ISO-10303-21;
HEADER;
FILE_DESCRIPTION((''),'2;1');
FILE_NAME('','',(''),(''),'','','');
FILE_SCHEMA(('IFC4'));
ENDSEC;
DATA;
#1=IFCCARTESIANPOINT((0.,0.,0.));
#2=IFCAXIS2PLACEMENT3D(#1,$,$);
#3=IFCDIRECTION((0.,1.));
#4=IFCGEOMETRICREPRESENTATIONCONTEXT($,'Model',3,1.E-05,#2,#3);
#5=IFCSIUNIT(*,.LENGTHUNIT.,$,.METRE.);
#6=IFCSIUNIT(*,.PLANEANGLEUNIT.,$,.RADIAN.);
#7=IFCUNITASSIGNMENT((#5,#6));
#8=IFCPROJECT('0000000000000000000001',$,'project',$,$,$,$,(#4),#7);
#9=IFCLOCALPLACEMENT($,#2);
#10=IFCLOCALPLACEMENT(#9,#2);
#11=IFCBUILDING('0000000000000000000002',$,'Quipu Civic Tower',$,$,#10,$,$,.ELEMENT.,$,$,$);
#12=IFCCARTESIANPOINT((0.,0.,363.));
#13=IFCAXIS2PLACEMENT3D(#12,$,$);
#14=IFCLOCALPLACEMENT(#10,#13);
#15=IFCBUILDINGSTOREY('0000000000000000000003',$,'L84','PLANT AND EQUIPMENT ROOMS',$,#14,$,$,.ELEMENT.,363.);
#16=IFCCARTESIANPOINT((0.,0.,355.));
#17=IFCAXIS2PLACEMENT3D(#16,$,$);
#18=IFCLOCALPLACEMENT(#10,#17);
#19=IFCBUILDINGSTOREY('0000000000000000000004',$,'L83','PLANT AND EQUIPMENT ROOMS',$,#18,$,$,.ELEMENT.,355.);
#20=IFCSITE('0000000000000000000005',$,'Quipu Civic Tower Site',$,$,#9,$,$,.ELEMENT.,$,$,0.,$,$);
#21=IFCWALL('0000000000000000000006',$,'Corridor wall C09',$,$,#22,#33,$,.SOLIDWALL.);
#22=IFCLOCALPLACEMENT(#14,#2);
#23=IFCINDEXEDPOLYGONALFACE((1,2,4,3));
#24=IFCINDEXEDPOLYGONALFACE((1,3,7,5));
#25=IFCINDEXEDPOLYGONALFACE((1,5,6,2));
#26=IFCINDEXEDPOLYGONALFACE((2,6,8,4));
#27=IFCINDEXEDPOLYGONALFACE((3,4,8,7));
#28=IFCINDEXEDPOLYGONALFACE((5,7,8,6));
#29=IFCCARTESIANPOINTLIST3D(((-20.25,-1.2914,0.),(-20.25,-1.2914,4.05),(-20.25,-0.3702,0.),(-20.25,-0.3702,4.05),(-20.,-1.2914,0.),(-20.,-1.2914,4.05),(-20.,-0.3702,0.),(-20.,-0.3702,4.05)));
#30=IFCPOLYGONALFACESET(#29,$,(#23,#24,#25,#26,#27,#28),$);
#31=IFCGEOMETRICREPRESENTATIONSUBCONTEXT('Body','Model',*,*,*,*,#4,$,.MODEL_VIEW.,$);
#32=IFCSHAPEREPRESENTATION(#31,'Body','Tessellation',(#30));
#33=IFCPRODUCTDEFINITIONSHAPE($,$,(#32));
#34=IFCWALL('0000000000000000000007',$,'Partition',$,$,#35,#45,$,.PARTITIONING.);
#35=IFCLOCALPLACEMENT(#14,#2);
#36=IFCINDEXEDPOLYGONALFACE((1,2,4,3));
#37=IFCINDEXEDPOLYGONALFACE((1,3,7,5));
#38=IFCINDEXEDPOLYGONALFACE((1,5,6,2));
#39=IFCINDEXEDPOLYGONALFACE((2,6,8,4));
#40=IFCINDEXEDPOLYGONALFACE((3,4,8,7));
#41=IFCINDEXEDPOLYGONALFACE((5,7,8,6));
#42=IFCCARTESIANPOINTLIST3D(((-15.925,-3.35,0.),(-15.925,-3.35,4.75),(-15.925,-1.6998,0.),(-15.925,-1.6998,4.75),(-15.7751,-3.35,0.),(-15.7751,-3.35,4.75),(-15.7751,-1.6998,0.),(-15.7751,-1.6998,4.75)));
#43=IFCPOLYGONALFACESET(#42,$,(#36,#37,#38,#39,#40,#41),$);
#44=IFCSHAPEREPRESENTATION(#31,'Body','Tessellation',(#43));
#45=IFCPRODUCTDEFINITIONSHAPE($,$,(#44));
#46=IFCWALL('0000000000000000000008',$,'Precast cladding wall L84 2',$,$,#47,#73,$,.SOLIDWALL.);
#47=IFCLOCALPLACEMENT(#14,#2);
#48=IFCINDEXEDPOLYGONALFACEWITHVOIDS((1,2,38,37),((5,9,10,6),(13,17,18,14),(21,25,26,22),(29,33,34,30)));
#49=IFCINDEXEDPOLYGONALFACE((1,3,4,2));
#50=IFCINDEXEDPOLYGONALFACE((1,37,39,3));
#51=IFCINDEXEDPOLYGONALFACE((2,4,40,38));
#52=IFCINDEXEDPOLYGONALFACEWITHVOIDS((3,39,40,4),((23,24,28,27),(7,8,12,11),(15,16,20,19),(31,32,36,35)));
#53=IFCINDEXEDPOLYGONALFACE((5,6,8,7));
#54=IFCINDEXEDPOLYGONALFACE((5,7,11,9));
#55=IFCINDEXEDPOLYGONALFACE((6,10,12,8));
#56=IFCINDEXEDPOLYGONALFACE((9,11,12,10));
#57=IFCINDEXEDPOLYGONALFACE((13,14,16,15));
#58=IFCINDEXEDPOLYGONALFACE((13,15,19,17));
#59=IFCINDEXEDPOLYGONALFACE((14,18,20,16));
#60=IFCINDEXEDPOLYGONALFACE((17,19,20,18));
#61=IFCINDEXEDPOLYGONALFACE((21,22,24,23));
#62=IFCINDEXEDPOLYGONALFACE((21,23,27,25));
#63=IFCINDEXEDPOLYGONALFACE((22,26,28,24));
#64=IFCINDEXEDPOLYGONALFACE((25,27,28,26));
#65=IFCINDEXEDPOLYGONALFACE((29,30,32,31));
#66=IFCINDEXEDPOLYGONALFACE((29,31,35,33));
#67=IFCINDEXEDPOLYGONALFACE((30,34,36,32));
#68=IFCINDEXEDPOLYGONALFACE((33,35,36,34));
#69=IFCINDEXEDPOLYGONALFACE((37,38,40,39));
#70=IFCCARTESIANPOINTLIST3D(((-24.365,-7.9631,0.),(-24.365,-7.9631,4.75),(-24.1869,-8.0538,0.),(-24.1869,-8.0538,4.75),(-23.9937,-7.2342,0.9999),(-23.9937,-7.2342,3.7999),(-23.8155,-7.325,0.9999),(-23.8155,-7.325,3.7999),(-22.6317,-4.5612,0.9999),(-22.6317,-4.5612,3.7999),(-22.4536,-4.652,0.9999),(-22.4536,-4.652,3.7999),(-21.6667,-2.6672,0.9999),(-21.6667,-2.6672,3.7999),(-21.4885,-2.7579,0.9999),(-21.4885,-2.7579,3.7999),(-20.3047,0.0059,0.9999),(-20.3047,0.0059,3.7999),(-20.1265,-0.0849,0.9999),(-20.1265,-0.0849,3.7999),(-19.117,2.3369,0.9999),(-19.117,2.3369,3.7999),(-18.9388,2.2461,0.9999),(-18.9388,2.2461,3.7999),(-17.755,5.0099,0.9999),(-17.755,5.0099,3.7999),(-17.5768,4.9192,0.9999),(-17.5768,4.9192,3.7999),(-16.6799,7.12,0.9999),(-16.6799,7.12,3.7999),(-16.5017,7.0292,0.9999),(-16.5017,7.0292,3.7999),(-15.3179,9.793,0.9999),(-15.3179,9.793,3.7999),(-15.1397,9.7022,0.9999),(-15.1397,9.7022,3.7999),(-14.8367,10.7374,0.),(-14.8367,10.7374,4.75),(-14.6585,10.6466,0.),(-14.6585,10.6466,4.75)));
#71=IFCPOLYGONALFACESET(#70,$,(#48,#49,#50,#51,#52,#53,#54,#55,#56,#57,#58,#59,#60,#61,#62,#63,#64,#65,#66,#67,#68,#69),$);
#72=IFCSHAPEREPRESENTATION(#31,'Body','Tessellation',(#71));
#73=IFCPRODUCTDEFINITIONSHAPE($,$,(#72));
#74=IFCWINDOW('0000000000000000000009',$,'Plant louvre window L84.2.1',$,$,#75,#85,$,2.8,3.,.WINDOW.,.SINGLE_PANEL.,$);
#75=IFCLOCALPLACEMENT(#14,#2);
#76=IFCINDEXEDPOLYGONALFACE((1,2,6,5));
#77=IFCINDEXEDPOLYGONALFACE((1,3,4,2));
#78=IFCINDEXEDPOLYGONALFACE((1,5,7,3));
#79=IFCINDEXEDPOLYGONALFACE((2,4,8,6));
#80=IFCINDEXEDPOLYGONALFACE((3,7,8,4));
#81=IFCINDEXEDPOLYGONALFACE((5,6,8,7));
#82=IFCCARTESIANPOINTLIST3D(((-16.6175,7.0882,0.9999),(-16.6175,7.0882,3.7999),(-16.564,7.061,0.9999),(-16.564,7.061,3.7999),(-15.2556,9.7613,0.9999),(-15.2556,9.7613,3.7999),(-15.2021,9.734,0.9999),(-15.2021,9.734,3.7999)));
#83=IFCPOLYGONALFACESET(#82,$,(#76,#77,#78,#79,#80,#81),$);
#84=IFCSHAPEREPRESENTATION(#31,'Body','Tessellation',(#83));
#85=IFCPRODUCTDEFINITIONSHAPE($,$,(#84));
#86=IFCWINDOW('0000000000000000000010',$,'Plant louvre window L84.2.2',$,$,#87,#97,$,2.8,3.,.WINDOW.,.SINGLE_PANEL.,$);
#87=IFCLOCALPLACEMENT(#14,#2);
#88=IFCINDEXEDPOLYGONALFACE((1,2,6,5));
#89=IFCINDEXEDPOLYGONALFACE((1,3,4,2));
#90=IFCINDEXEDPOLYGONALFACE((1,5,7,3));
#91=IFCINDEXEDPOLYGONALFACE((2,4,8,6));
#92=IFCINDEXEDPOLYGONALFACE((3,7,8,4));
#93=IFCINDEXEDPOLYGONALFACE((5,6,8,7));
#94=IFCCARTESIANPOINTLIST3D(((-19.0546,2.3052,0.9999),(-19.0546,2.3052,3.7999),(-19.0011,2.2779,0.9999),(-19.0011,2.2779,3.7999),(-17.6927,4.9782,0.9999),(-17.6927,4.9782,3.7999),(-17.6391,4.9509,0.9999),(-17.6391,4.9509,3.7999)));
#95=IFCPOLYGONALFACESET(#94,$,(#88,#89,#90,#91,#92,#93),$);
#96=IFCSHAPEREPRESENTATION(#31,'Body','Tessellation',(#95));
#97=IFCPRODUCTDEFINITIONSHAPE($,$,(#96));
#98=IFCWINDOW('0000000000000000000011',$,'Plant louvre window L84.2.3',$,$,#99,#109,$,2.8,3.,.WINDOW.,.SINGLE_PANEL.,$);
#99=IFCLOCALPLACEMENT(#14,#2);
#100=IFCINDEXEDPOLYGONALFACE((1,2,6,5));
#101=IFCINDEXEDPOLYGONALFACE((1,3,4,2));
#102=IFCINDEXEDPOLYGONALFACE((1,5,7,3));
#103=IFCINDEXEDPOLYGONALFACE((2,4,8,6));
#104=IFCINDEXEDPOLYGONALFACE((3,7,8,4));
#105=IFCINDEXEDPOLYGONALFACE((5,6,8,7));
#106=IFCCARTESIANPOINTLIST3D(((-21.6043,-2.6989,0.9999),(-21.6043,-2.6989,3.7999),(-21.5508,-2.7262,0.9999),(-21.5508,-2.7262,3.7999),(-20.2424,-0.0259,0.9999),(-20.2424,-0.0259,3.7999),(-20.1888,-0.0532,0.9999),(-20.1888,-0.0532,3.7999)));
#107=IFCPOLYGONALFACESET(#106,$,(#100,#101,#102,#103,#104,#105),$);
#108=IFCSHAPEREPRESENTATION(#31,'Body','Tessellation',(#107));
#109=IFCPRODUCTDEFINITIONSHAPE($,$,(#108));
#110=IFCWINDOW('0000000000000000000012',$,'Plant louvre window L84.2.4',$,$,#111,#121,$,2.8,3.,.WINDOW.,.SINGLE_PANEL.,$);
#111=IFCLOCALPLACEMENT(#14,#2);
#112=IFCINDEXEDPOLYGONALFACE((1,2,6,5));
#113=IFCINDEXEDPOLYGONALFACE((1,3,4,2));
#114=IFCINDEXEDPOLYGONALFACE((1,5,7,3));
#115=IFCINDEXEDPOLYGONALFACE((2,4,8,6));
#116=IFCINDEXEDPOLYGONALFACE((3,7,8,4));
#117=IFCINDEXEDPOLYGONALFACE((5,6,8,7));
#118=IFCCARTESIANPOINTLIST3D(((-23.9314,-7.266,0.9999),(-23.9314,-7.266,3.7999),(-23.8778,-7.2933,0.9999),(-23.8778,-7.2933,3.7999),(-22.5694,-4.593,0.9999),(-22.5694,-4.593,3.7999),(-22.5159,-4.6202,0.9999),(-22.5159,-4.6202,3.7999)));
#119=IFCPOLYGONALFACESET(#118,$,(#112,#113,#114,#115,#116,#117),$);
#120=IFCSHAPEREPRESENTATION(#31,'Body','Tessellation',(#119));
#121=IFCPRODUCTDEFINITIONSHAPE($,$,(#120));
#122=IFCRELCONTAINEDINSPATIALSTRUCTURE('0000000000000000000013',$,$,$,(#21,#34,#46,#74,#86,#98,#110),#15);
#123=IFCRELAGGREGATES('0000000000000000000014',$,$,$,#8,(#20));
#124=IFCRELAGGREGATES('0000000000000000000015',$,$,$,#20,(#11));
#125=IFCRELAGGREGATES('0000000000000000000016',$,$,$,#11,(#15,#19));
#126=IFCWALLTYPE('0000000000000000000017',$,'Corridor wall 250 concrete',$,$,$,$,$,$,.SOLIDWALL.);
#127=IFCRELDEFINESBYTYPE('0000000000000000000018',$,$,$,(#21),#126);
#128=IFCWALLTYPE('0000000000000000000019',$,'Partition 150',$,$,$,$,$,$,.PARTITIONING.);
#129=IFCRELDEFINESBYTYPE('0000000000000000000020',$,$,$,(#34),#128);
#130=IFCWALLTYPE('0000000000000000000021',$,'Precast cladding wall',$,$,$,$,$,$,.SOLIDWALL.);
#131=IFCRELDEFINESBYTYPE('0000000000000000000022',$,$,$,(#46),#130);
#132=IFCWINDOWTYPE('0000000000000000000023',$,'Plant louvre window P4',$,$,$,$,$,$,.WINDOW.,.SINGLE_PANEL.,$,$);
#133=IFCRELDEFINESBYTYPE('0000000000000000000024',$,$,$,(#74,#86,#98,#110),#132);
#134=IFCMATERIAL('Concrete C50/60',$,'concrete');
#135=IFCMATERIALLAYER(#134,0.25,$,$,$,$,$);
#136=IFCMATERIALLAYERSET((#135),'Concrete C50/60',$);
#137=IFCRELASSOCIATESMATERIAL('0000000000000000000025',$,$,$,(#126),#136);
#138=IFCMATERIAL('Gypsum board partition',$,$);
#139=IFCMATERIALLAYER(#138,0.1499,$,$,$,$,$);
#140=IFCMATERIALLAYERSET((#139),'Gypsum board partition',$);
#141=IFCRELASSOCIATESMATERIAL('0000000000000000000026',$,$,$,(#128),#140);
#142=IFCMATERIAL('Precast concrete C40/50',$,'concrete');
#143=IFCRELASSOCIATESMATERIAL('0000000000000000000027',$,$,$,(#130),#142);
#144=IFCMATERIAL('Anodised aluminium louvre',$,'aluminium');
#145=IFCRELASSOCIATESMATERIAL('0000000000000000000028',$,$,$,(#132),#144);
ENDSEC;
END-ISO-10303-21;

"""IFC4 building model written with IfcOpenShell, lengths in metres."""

from ifc_helpers import new_model, si_unit, direction, frame, frame_2d, origin, place, context, subcontext, project, spatial, rectangle, extrude, material, layer, layer_set, type_object, element, fill, save


model = new_model("IFC4")

# Units and contexts
model_context = context("Model", 3, precision=1e-05, world=origin(), true_north=direction((0.0, 1.0)))
body_context = subcontext(model_context, "Body", "Model", "MODEL_VIEW")
ifc_project = project(units=[si_unit("LENGTHUNIT", "METRE"), si_unit("PLANEANGLEUNIT", "RADIAN")], contexts=[model_context])

# Site, building, storey
site_placement = place(None, origin())
site = spatial("IfcSite", under=ifc_project, at=site_placement, Name="Quipu Civic Tower Site", CompositionType="ELEMENT", RefElevation=0.0)
building_placement = place(site_placement, origin())
building = spatial("IfcBuilding", under=site, at=building_placement, Name="Quipu Civic Tower", CompositionType="ELEMENT")
storey_1_placement = place(building_placement, frame((0.0, 0.0, 363.0)))
storey_1 = spatial("IfcBuildingStorey", under=building, at=storey_1_placement, Name="L84", Description="PLANT AND EQUIPMENT ROOMS", CompositionType="ELEMENT", Elevation=363.0)

# Shared definitions
storey_2_placement = place(building_placement, frame((0.0, 0.0, 355.0)))
storey_2 = spatial("IfcBuildingStorey", under=building, at=storey_2_placement, Name="L83", Description="PLANT AND EQUIPMENT ROOMS", CompositionType="ELEMENT", Elevation=355.0)

# Walls
ifc_material_1 = material(Name="Concrete C50/60", Category="concrete")
ifc_layer_1 = layer(ifc_material_1, 0.25)
ifc_layer_set_1 = layer_set([ifc_layer_1], Name="Concrete C50/60")
wall_type_1 = type_object("IfcWallType", Name="Corridor wall 250 concrete", PredefinedType="SOLIDWALL", material=ifc_layer_set_1)
wall_1_placement = place(storey_1_placement, frame((-20.125, -1.2913, 0.0), z_axis=(0.0, 0.0, 1.0), x_axis=(0.0, 1.0, 0.0)))
element("IfcWall", 1, at=wall_1_placement, inside=storey_1, type_object=wall_type_1, Name="Corridor wall C09", PredefinedType="SOLIDWALL", context=body_context, shape_type="SweptSolid", body=[
    extrude(rectangle(XDim=0.9211, YDim=0.25, at=frame_2d((0.4604, 0.0))), origin(), (0.0, 0.0, 1.0), 4.05),
])
ifc_material_2 = material(Name="Gypsum board partition")
ifc_layer_2 = layer(ifc_material_2, 0.1499)
ifc_layer_set_2 = layer_set([ifc_layer_2], Name="Gypsum board partition")
wall_type_2 = type_object("IfcWallType", Name="Partition 150", PredefinedType="PARTITIONING", material=ifc_layer_set_2)
wall_2_placement = place(storey_1_placement, frame((-15.8501, -3.3501, 0.0), z_axis=(0.0, 0.0, 1.0), x_axis=(0.0, 1.0, 0.0)))
element("IfcWall", 2, at=wall_2_placement, inside=storey_1, type_object=wall_type_2, Name="Partition", PredefinedType="PARTITIONING", context=body_context, shape_type="SweptSolid", body=[
    extrude(rectangle(XDim=1.6501, YDim=0.1499, at=frame_2d((0.8252, 0.0))), origin(), (0.0, 0.0, 1.0), 4.75),
])

# Wall, openings, windows
ifc_material_3 = material(Name="Precast concrete C40/50", Category="concrete")
wall_type_3 = type_object("IfcWallType", Name="Precast cladding wall", PredefinedType="SOLIDWALL", material=ifc_material_3)
wall_3_placement = place(storey_1_placement, frame((-14.7476, 10.6921, 0.0), z_axis=(0.0, 0.0, 1.0), x_axis=(-0.453989, -0.891007, 0.0)))
wall_3 = element("IfcWall", 3, at=wall_3_placement, inside=storey_1, type_object=wall_type_3, Name="Precast cladding wall L84 2", PredefinedType="SOLIDWALL", context=body_context, shape_type="SweptSolid", body=[
    extrude(rectangle(XDim=20.988, YDim=0.2, at=frame_2d((10.4941, 0.0))), origin(), (0.0, 0.0, 1.0), 4.75),
])
opening_1_placement = place(wall_3_placement, frame((1.0601, 0.0, 1.0)))
opening_1 = element("IfcOpeningElement", 4, at=opening_1_placement, cuts=wall_3, PredefinedType="OPENING", context=body_context, shape_type="SweptSolid", body=[
    extrude(rectangle(XDim=3.0, YDim=2.8, at=frame_2d((1.5, 1.3999))), frame((0.0, 0.1099, 0.0), z_axis=(0.0, -1.0, 0.0), x_axis=(1.0, 0.0, 0.0)), (0.0, 0.0, 1.0), 0.22),
])
opening_2_placement = place(wall_3_placement, frame((6.4282, 0.0, 1.0)))
opening_2 = element("IfcOpeningElement", 5, at=opening_2_placement, cuts=wall_3, PredefinedType="OPENING", context=body_context, shape_type="SweptSolid", body=[
    extrude(rectangle(XDim=3.0, YDim=2.8, at=frame_2d((1.5, 1.3999))), frame((0.0, 0.1099, 0.0), z_axis=(0.0, -1.0, 0.0), x_axis=(1.0, 0.0, 0.0)), (0.0, 0.0, 1.0), 0.22),
])
opening_3_placement = place(wall_3_placement, frame((12.0444, 0.0, 1.0)))
opening_3 = element("IfcOpeningElement", 6, at=opening_3_placement, cuts=wall_3, PredefinedType="OPENING", context=body_context, shape_type="SweptSolid", body=[
    extrude(rectangle(XDim=3.0, YDim=2.8, at=frame_2d((1.5, 1.3999))), frame((0.0, 0.1099, 0.0), z_axis=(0.0, -1.0, 0.0), x_axis=(1.0, 0.0, 0.0)), (0.0, 0.0, 1.0), 0.22),
])
opening_4_placement = place(wall_3_placement, frame((17.1702, 0.0, 1.0)))
opening_4 = element("IfcOpeningElement", 7, at=opening_4_placement, cuts=wall_3, PredefinedType="OPENING", context=body_context, shape_type="SweptSolid", body=[
    extrude(rectangle(XDim=3.0, YDim=2.8, at=frame_2d((1.5, 1.3999))), frame((0.0, 0.1099, 0.0), z_axis=(0.0, -1.0, 0.0), x_axis=(1.0, 0.0, 0.0)), (0.0, 0.0, 1.0), 0.22),
])
ifc_material_4 = material(Name="Anodised aluminium louvre", Category="aluminium")
window_type = type_object("IfcWindowType", Name="Plant louvre window P4", PartitioningType="SINGLE_PANEL", PredefinedType="WINDOW", material=ifc_material_4)
window_1_placement = place(opening_1_placement, origin())
window_1 = element("IfcWindow", 8, at=window_1_placement, inside=storey_1, type_object=window_type, Name="Plant louvre window L84.2.1", OverallHeight=2.8, OverallWidth=3.0, PartitioningType="SINGLE_PANEL", PredefinedType="WINDOW", context=body_context, shape_type="SweptSolid", body=[
    extrude(rectangle(XDim=3.0, YDim=2.8, at=frame_2d((1.5, 1.3999))), frame((0.0, 0.03, 0.0), z_axis=(0.0, -1.0, 0.0), x_axis=(1.0, 0.0, 0.0)), (0.0, 0.0, 1.0), 0.0601),
])
fill(opening_1, window_1)
window_2_placement = place(opening_2_placement, origin())
window_2 = element("IfcWindow", 9, at=window_2_placement, inside=storey_1, type_object=window_type, Name="Plant louvre window L84.2.2", OverallHeight=2.8, OverallWidth=3.0, PartitioningType="SINGLE_PANEL", PredefinedType="WINDOW", context=body_context, shape_type="SweptSolid", body=[
    extrude(rectangle(XDim=3.0, YDim=2.8, at=frame_2d((1.5, 1.3999))), frame((0.0, 0.03, 0.0), z_axis=(0.0, -1.0, 0.0), x_axis=(1.0, 0.0, 0.0)), (0.0, 0.0, 1.0), 0.0601),
])
fill(opening_2, window_2)
window_3_placement = place(opening_3_placement, origin())
window_3 = element("IfcWindow", 10, at=window_3_placement, inside=storey_1, type_object=window_type, Name="Plant louvre window L84.2.3", OverallHeight=2.8, OverallWidth=3.0, PartitioningType="SINGLE_PANEL", PredefinedType="WINDOW", context=body_context, shape_type="SweptSolid", body=[
    extrude(rectangle(XDim=3.0, YDim=2.8, at=frame_2d((1.5, 1.3999))), frame((0.0, 0.03, 0.0), z_axis=(0.0, -1.0, 0.0), x_axis=(1.0, 0.0, 0.0)), (0.0, 0.0, 1.0), 0.0601),
])
fill(opening_3, window_3)
window_4_placement = place(opening_4_placement, origin())
window_4 = element("IfcWindow", 11, at=window_4_placement, inside=storey_1, type_object=window_type, Name="Plant louvre window L84.2.4", OverallHeight=2.8, OverallWidth=3.0, PartitioningType="SINGLE_PANEL", PredefinedType="WINDOW", context=body_context, shape_type="SweptSolid", body=[
    extrude(rectangle(XDim=3.0, YDim=2.8, at=frame_2d((1.5, 1.3999))), frame((0.0, 0.03, 0.0), z_axis=(0.0, -1.0, 0.0), x_axis=(1.0, 0.0, 0.0)), (0.0, 0.0, 1.0), 0.0601),
])
fill(opening_4, window_4)

save(model, "model.ifc")
